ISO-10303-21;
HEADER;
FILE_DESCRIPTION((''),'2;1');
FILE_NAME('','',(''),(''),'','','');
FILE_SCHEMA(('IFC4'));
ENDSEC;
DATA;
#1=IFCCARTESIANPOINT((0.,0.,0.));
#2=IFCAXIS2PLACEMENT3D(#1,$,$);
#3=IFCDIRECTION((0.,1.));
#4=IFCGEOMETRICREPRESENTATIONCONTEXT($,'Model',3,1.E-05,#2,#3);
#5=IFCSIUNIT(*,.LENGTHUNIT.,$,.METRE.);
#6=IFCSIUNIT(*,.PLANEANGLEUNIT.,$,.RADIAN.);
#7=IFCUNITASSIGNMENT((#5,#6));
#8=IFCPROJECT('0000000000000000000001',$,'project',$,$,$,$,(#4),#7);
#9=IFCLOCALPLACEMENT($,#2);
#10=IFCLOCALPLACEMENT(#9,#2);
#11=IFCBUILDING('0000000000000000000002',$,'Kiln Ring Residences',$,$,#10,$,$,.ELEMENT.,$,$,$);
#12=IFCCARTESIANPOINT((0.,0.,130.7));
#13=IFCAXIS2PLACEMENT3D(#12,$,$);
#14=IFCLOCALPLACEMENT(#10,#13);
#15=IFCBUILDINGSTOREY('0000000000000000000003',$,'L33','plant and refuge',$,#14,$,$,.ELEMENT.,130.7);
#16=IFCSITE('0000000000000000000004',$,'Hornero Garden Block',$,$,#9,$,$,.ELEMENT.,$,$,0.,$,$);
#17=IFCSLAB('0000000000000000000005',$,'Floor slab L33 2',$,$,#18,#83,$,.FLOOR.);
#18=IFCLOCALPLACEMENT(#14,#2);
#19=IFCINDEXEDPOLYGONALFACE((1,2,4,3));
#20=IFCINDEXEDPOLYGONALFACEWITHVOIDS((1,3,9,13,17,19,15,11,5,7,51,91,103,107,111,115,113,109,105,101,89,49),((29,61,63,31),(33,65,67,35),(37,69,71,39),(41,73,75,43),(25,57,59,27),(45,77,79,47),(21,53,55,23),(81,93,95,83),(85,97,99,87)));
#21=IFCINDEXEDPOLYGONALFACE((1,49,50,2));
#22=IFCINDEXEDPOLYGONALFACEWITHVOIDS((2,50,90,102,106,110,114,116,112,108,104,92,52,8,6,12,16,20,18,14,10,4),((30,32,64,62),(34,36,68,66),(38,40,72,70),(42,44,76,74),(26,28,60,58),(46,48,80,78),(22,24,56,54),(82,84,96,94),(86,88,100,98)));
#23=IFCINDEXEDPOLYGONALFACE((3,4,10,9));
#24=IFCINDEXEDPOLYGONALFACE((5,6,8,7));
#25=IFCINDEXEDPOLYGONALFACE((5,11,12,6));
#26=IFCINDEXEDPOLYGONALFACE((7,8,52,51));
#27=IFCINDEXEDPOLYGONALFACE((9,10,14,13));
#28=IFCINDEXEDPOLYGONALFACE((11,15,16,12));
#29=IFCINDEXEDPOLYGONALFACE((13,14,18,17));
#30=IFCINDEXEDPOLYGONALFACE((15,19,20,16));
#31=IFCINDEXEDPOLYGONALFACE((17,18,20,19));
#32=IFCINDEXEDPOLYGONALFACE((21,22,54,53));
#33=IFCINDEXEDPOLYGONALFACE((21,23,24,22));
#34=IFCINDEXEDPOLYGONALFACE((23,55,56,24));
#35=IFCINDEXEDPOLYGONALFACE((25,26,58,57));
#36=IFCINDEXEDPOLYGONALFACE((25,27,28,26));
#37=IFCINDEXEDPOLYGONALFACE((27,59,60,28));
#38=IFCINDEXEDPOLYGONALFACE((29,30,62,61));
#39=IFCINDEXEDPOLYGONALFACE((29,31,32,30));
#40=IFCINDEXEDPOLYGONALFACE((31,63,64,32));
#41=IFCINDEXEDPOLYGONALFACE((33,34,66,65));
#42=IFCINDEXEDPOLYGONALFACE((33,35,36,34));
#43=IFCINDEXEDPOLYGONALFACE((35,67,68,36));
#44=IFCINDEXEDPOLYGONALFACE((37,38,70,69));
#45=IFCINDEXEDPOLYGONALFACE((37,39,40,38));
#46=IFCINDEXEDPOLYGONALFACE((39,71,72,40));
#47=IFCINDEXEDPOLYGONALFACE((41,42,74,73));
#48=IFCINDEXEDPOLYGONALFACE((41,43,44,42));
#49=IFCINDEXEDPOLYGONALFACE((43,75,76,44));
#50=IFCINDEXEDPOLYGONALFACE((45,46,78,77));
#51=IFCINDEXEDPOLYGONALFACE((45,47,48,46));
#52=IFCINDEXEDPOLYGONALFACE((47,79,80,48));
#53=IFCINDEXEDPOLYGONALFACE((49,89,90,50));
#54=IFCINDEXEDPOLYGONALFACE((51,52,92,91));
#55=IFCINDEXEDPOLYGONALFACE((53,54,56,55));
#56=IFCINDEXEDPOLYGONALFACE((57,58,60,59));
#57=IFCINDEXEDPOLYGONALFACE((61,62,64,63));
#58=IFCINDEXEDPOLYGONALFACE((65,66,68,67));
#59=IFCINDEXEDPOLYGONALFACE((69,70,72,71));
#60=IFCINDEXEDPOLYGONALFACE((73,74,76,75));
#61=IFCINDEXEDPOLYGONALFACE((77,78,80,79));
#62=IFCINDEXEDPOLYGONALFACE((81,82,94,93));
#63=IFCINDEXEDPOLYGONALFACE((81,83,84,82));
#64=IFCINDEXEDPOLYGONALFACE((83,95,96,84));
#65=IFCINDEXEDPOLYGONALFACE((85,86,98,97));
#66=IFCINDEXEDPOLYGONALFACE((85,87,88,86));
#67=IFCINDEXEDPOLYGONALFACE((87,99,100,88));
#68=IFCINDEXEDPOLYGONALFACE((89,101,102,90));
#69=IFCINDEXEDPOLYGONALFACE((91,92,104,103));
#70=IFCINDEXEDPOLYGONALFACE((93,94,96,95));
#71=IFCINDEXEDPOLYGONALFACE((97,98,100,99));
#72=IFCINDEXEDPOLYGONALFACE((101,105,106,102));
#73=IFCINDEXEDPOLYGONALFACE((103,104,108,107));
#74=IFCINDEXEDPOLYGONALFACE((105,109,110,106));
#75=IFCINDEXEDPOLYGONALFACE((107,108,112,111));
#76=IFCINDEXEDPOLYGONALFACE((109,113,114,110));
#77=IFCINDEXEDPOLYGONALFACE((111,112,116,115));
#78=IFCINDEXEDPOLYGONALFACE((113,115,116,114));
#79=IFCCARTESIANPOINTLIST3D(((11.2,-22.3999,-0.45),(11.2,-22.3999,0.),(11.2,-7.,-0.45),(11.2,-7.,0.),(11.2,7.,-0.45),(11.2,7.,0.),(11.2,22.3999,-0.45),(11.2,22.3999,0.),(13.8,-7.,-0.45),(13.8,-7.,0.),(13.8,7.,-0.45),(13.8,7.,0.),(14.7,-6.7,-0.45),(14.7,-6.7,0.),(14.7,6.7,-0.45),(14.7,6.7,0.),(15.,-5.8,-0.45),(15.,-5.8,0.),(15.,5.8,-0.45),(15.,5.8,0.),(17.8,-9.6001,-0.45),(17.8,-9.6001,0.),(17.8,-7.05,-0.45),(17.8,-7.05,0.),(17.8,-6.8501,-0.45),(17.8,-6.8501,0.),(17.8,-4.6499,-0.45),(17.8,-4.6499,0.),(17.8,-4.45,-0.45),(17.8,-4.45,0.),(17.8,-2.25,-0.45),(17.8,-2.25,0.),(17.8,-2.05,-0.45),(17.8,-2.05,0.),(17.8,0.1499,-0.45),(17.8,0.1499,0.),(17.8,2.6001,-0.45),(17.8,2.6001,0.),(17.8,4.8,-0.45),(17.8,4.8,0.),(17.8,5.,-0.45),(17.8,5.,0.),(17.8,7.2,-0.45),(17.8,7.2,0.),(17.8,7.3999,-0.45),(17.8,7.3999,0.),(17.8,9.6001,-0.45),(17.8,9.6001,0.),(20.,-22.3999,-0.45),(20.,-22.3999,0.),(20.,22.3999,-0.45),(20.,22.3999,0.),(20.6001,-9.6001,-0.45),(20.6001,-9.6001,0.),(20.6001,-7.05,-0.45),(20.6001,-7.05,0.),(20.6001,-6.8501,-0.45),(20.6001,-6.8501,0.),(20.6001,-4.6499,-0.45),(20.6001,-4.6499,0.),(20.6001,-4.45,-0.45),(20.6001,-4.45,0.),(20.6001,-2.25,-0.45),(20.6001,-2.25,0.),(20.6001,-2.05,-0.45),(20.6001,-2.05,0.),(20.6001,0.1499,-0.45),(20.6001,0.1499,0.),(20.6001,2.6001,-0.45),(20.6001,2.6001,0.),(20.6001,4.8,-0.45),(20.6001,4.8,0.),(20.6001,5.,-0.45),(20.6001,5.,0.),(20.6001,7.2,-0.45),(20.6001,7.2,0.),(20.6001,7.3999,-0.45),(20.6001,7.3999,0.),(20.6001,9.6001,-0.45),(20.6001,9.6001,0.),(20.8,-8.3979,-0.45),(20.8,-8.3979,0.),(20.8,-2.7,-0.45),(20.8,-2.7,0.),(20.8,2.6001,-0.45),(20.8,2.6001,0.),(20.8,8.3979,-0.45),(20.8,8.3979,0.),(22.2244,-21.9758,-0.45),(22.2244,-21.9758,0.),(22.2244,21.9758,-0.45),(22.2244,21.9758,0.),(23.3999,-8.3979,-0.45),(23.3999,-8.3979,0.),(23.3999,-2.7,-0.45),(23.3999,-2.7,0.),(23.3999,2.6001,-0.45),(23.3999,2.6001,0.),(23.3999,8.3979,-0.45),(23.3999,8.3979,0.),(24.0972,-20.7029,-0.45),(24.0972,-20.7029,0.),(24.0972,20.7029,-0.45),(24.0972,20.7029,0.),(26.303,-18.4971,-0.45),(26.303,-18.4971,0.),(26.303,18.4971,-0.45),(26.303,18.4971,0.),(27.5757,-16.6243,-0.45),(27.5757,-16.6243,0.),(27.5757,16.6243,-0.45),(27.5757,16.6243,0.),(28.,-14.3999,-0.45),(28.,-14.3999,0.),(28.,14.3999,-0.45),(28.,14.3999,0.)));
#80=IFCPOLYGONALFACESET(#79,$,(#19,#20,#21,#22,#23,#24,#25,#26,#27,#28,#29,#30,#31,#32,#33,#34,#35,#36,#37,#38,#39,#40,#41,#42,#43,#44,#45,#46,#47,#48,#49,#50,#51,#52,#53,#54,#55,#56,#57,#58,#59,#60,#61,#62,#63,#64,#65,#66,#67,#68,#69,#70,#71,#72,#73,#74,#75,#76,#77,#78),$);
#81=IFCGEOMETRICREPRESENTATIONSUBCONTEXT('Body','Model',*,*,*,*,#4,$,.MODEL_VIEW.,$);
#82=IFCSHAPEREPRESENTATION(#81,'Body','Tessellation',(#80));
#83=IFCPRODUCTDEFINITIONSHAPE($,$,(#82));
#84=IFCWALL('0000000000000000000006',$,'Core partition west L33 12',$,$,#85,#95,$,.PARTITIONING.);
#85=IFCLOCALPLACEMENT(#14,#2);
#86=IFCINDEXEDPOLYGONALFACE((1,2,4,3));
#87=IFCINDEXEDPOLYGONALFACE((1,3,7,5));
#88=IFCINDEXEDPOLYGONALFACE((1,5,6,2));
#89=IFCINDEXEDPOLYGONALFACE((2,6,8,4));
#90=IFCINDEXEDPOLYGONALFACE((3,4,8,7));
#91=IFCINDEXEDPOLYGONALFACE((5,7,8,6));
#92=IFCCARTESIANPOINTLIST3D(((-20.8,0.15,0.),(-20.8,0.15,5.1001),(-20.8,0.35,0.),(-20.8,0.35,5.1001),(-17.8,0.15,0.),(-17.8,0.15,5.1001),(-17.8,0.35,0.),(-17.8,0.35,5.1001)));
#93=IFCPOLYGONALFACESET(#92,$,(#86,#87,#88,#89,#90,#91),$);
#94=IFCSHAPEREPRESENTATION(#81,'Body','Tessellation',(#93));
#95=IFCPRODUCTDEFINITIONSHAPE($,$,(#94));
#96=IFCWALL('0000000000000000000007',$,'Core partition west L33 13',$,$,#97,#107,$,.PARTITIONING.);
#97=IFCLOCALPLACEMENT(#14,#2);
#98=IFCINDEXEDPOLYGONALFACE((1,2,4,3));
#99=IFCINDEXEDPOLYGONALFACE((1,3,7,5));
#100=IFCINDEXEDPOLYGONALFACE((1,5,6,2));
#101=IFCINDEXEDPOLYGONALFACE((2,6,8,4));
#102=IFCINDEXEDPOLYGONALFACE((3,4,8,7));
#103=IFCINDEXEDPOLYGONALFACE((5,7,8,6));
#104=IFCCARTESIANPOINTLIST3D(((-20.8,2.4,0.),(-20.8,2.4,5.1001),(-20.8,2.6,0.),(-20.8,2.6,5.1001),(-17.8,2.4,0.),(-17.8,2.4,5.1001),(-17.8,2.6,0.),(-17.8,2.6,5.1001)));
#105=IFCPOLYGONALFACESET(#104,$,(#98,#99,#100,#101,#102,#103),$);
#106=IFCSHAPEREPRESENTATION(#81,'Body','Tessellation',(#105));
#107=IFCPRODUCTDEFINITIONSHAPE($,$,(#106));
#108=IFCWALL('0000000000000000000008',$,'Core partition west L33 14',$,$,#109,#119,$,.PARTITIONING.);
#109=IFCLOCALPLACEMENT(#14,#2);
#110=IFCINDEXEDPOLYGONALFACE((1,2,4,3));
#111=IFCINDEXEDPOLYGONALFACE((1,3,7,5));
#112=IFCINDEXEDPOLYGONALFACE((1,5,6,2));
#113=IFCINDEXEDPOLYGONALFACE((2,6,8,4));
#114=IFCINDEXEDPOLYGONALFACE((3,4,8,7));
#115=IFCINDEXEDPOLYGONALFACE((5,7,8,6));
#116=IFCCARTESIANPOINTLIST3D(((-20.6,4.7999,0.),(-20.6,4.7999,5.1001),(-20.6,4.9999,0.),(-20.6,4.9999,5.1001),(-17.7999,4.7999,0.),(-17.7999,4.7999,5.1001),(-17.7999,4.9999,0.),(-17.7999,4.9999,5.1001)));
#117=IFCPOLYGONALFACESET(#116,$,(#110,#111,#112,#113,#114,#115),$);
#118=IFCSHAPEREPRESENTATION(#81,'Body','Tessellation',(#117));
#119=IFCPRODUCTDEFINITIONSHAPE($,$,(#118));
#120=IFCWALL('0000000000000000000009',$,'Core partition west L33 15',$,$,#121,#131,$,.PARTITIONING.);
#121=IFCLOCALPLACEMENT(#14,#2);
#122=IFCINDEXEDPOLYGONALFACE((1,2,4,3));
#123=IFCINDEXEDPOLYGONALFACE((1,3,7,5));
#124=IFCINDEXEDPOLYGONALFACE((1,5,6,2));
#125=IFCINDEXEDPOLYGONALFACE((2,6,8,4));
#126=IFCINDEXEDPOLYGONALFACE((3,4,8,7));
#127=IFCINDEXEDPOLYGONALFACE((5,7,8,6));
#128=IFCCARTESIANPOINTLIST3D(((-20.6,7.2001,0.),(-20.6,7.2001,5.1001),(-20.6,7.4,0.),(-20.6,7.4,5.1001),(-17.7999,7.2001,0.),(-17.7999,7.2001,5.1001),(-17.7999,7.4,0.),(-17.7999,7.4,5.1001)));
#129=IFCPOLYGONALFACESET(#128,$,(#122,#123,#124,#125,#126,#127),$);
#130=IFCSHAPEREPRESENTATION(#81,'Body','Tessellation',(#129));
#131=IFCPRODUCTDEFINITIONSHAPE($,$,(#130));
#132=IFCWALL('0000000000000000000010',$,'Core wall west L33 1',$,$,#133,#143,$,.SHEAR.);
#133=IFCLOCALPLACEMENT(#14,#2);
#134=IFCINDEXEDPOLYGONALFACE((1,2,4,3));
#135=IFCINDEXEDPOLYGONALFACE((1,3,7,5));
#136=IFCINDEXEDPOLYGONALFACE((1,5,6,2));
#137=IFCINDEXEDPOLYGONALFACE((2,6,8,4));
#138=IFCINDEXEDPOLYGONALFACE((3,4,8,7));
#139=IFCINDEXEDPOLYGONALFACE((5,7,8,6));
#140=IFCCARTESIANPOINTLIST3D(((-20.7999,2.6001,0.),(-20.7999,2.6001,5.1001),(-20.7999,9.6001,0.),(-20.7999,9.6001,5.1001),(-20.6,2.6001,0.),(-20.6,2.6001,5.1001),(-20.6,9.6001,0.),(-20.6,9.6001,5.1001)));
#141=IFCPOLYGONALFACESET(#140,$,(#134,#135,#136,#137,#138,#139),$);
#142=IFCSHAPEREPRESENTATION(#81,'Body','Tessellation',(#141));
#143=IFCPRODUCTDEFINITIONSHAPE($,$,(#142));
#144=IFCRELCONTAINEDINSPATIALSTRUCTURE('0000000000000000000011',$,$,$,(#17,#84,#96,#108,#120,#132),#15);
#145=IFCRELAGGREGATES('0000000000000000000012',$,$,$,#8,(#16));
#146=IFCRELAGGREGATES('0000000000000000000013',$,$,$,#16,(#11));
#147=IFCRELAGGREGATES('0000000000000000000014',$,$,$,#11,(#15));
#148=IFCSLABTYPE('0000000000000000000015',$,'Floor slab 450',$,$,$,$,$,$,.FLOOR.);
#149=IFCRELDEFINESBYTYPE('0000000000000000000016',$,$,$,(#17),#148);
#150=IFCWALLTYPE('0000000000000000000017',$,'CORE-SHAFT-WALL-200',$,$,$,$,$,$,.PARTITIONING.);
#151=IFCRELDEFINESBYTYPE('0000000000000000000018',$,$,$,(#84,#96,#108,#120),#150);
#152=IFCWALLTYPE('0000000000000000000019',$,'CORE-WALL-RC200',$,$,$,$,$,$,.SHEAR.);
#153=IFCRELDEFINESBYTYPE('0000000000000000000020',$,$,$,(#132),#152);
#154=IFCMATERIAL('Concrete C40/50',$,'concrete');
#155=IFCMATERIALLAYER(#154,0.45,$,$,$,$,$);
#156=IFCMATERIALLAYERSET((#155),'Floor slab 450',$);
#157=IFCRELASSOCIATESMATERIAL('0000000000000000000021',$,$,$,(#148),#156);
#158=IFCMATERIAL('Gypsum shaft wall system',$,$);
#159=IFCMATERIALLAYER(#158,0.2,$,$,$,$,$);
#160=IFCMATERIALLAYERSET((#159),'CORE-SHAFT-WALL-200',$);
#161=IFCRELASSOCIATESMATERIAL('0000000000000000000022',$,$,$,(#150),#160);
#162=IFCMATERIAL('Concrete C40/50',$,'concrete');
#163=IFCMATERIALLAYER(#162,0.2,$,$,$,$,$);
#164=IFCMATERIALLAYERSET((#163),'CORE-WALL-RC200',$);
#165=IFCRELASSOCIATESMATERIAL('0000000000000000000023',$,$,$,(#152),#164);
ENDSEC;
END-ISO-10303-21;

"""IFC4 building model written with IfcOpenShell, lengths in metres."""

from ifc_helpers import new_model, si_unit, direction, frame, frame_2d, origin, place, context, subcontext, project, spatial, polyline, rectangle, outline, extrude, material, layer, layer_set, type_object, element, save


model = new_model("IFC4")

# Units and contexts
model_context = context("Model", 3, precision=1e-05, world=origin(), true_north=direction((0.0, 1.0)))
body_context = subcontext(model_context, "Body", "Model", "MODEL_VIEW")
ifc_project = project(units=[si_unit("LENGTHUNIT", "METRE"), si_unit("PLANEANGLEUNIT", "RADIAN")], contexts=[model_context])

# Site, building, storey
site_placement = place(None, origin())
site = spatial("IfcSite", under=ifc_project, at=site_placement, Name="Hornero Garden Block", CompositionType="ELEMENT", RefElevation=0.0)
building_placement = place(site_placement, origin())
building = spatial("IfcBuilding", under=site, at=building_placement, Name="Kiln Ring Residences", CompositionType="ELEMENT")
storey_placement = place(building_placement, frame((0.0, 0.0, 130.7)))
storey = spatial("IfcBuildingStorey", under=building, at=storey_placement, Name="L33", Description="plant and refuge", CompositionType="ELEMENT", Elevation=130.7)

# Slab
ifc_material_1 = material(Name="Concrete C40/50", Category="concrete")
ifc_layer_1 = layer(ifc_material_1, 0.45)
ifc_layer_set_1 = layer_set([ifc_layer_1], Name="Floor slab 450")
slab_type = type_object("IfcSlabType", Name="Floor slab 450", PredefinedType="FLOOR", material=ifc_layer_set_1)
placement = place(storey_placement, frame((0.0, 0.0, -0.45)))
element("IfcSlab", 1, at=placement, inside=storey, type_object=slab_type, Name="Floor slab L33 2", PredefinedType="FLOOR", context=body_context, shape_type="SweptSolid", body=[
    extrude(outline(polyline([(13.8, -7.0), (11.2, -7.0), (11.2, -22.3999), (20.0, -22.3999), (22.2244, -21.9758), (24.0972, -20.7029), (26.303, -18.4971), (27.5757, -16.6243), (28.0, -14.3999), (28.0, 14.3999), (27.5757, 16.6243), (26.303, 18.4971), (24.0972, 20.7029), (22.2244, 21.9758), (20.0, 22.3999), (11.2, 22.3999), (11.2, 7.0), (13.8, 7.0), (14.7, 6.7), (15.0, 5.8), (15.0, -5.8), (14.7, -6.7), (13.8, -7.0)]), holes=[polyline([(20.8, 2.6001), (20.8, 8.3979), (23.3999, 8.3979), (23.3999, 2.6001), (20.8, 2.6001)]), polyline([(20.8, -8.3979), (20.8, -2.7), (23.3999, -2.7), (23.3999, -8.3979), (20.8, -8.3979)]), polyline([(17.8, -9.6001), (17.8, -7.05), (20.6001, -7.05), (20.6001, -9.6001), (17.8, -9.6001)]), polyline([(17.8, 9.6001), (20.6001, 9.6001), (20.6001, 7.3999), (17.8, 7.3999), (17.8, 9.6001)]), polyline([(17.8, 7.2), (20.6001, 7.2), (20.6001, 5.0), (17.8, 5.0), (17.8, 7.2)]), polyline([(17.8, 2.6001), (17.8, 4.8), (20.6001, 4.8), (20.6001, 2.6001), (17.8, 2.6001)]), polyline([(17.8, -2.05), (17.8, 0.1499), (20.6001, 0.1499), (20.6001, -2.05), (17.8, -2.05)]), polyline([(17.8, -4.45), (17.8, -2.25), (20.6001, -2.25), (20.6001, -4.45), (17.8, -4.45)]), polyline([(17.8, -6.8501), (17.8, -4.6499), (20.6001, -4.6499), (20.6001, -6.8501), (17.8, -6.8501)])]), origin(), (0.0, 0.0, 1.0), 0.45),
])

# Walls
ifc_material_2 = material(Name="Gypsum shaft wall system")
ifc_layer_2 = layer(ifc_material_2, 0.2)
ifc_layer_set_2 = layer_set([ifc_layer_2], Name="CORE-SHAFT-WALL-200")
wall_type_1 = type_object("IfcWallType", Name="CORE-SHAFT-WALL-200", PredefinedType="PARTITIONING", material=ifc_layer_set_2)
for number, where, z_axis, x_axis, name in (
    (2, (-17.8, 0.25, 0.0), (0.0, 0.0, 1.0), (-1.0, 0.0, 0.0), "Core partition west L33 12"),
    (3, (-17.8, 2.5, 0.0), (0.0, 0.0, 1.0), (-1.0, 0.0, 0.0), "Core partition west L33 13"),
):
    element("IfcWall", number, at=place(storey_placement, frame(where, z_axis=z_axis, x_axis=x_axis)), inside=storey, type_object=wall_type_1, Name=name, PredefinedType="PARTITIONING", context=body_context, shape_type="SweptSolid", body=[
        extrude(rectangle(XDim=3.0, YDim=0.2, at=frame_2d((1.5, 0.0))), origin(), (0.0, 0.0, 1.0), 5.1001),
    ])
for number, where, z_axis, x_axis, name in (
    (4, (-17.8, 4.8999, 0.0), (0.0, 0.0, 1.0), (-1.0, 0.0, 0.0), "Core partition west L33 14"),
    (5, (-17.8, 7.3, 0.0), (0.0, 0.0, 1.0), (-1.0, 0.0, 0.0), "Core partition west L33 15"),
):
    element("IfcWall", number, at=place(storey_placement, frame(where, z_axis=z_axis, x_axis=x_axis)), inside=storey, type_object=wall_type_1, Name=name, PredefinedType="PARTITIONING", context=body_context, shape_type="SweptSolid", body=[
        extrude(rectangle(XDim=2.8, YDim=0.2, at=frame_2d((1.3999, 0.0))), origin(), (0.0, 0.0, 1.0), 5.1001),
    ])
ifc_material_3 = material(Name="Concrete C40/50", Category="concrete")
ifc_layer_3 = layer(ifc_material_3, 0.2)
ifc_layer_set_3 = layer_set([ifc_layer_3], Name="CORE-WALL-RC200")
wall_type_2 = type_object("IfcWallType", Name="CORE-WALL-RC200", PredefinedType="SHEAR", material=ifc_layer_set_3)
wall_1_placement = place(storey_placement, frame((-20.7, 2.6001, 0.0), z_axis=(0.0, 0.0, 1.0), x_axis=(0.0, 1.0, 0.0)))
element("IfcWall", 6, at=wall_1_placement, inside=storey, type_object=wall_type_2, Name="Core wall west L33 1", PredefinedType="SHEAR", context=body_context, shape_type="SweptSolid", body=[
    extrude(rectangle(XDim=7.0, YDim=0.2, at=frame_2d((3.5, 0.0))), origin(), (0.0, 0.0, 1.0), 5.1001),
])

save(model, "model.ifc")
